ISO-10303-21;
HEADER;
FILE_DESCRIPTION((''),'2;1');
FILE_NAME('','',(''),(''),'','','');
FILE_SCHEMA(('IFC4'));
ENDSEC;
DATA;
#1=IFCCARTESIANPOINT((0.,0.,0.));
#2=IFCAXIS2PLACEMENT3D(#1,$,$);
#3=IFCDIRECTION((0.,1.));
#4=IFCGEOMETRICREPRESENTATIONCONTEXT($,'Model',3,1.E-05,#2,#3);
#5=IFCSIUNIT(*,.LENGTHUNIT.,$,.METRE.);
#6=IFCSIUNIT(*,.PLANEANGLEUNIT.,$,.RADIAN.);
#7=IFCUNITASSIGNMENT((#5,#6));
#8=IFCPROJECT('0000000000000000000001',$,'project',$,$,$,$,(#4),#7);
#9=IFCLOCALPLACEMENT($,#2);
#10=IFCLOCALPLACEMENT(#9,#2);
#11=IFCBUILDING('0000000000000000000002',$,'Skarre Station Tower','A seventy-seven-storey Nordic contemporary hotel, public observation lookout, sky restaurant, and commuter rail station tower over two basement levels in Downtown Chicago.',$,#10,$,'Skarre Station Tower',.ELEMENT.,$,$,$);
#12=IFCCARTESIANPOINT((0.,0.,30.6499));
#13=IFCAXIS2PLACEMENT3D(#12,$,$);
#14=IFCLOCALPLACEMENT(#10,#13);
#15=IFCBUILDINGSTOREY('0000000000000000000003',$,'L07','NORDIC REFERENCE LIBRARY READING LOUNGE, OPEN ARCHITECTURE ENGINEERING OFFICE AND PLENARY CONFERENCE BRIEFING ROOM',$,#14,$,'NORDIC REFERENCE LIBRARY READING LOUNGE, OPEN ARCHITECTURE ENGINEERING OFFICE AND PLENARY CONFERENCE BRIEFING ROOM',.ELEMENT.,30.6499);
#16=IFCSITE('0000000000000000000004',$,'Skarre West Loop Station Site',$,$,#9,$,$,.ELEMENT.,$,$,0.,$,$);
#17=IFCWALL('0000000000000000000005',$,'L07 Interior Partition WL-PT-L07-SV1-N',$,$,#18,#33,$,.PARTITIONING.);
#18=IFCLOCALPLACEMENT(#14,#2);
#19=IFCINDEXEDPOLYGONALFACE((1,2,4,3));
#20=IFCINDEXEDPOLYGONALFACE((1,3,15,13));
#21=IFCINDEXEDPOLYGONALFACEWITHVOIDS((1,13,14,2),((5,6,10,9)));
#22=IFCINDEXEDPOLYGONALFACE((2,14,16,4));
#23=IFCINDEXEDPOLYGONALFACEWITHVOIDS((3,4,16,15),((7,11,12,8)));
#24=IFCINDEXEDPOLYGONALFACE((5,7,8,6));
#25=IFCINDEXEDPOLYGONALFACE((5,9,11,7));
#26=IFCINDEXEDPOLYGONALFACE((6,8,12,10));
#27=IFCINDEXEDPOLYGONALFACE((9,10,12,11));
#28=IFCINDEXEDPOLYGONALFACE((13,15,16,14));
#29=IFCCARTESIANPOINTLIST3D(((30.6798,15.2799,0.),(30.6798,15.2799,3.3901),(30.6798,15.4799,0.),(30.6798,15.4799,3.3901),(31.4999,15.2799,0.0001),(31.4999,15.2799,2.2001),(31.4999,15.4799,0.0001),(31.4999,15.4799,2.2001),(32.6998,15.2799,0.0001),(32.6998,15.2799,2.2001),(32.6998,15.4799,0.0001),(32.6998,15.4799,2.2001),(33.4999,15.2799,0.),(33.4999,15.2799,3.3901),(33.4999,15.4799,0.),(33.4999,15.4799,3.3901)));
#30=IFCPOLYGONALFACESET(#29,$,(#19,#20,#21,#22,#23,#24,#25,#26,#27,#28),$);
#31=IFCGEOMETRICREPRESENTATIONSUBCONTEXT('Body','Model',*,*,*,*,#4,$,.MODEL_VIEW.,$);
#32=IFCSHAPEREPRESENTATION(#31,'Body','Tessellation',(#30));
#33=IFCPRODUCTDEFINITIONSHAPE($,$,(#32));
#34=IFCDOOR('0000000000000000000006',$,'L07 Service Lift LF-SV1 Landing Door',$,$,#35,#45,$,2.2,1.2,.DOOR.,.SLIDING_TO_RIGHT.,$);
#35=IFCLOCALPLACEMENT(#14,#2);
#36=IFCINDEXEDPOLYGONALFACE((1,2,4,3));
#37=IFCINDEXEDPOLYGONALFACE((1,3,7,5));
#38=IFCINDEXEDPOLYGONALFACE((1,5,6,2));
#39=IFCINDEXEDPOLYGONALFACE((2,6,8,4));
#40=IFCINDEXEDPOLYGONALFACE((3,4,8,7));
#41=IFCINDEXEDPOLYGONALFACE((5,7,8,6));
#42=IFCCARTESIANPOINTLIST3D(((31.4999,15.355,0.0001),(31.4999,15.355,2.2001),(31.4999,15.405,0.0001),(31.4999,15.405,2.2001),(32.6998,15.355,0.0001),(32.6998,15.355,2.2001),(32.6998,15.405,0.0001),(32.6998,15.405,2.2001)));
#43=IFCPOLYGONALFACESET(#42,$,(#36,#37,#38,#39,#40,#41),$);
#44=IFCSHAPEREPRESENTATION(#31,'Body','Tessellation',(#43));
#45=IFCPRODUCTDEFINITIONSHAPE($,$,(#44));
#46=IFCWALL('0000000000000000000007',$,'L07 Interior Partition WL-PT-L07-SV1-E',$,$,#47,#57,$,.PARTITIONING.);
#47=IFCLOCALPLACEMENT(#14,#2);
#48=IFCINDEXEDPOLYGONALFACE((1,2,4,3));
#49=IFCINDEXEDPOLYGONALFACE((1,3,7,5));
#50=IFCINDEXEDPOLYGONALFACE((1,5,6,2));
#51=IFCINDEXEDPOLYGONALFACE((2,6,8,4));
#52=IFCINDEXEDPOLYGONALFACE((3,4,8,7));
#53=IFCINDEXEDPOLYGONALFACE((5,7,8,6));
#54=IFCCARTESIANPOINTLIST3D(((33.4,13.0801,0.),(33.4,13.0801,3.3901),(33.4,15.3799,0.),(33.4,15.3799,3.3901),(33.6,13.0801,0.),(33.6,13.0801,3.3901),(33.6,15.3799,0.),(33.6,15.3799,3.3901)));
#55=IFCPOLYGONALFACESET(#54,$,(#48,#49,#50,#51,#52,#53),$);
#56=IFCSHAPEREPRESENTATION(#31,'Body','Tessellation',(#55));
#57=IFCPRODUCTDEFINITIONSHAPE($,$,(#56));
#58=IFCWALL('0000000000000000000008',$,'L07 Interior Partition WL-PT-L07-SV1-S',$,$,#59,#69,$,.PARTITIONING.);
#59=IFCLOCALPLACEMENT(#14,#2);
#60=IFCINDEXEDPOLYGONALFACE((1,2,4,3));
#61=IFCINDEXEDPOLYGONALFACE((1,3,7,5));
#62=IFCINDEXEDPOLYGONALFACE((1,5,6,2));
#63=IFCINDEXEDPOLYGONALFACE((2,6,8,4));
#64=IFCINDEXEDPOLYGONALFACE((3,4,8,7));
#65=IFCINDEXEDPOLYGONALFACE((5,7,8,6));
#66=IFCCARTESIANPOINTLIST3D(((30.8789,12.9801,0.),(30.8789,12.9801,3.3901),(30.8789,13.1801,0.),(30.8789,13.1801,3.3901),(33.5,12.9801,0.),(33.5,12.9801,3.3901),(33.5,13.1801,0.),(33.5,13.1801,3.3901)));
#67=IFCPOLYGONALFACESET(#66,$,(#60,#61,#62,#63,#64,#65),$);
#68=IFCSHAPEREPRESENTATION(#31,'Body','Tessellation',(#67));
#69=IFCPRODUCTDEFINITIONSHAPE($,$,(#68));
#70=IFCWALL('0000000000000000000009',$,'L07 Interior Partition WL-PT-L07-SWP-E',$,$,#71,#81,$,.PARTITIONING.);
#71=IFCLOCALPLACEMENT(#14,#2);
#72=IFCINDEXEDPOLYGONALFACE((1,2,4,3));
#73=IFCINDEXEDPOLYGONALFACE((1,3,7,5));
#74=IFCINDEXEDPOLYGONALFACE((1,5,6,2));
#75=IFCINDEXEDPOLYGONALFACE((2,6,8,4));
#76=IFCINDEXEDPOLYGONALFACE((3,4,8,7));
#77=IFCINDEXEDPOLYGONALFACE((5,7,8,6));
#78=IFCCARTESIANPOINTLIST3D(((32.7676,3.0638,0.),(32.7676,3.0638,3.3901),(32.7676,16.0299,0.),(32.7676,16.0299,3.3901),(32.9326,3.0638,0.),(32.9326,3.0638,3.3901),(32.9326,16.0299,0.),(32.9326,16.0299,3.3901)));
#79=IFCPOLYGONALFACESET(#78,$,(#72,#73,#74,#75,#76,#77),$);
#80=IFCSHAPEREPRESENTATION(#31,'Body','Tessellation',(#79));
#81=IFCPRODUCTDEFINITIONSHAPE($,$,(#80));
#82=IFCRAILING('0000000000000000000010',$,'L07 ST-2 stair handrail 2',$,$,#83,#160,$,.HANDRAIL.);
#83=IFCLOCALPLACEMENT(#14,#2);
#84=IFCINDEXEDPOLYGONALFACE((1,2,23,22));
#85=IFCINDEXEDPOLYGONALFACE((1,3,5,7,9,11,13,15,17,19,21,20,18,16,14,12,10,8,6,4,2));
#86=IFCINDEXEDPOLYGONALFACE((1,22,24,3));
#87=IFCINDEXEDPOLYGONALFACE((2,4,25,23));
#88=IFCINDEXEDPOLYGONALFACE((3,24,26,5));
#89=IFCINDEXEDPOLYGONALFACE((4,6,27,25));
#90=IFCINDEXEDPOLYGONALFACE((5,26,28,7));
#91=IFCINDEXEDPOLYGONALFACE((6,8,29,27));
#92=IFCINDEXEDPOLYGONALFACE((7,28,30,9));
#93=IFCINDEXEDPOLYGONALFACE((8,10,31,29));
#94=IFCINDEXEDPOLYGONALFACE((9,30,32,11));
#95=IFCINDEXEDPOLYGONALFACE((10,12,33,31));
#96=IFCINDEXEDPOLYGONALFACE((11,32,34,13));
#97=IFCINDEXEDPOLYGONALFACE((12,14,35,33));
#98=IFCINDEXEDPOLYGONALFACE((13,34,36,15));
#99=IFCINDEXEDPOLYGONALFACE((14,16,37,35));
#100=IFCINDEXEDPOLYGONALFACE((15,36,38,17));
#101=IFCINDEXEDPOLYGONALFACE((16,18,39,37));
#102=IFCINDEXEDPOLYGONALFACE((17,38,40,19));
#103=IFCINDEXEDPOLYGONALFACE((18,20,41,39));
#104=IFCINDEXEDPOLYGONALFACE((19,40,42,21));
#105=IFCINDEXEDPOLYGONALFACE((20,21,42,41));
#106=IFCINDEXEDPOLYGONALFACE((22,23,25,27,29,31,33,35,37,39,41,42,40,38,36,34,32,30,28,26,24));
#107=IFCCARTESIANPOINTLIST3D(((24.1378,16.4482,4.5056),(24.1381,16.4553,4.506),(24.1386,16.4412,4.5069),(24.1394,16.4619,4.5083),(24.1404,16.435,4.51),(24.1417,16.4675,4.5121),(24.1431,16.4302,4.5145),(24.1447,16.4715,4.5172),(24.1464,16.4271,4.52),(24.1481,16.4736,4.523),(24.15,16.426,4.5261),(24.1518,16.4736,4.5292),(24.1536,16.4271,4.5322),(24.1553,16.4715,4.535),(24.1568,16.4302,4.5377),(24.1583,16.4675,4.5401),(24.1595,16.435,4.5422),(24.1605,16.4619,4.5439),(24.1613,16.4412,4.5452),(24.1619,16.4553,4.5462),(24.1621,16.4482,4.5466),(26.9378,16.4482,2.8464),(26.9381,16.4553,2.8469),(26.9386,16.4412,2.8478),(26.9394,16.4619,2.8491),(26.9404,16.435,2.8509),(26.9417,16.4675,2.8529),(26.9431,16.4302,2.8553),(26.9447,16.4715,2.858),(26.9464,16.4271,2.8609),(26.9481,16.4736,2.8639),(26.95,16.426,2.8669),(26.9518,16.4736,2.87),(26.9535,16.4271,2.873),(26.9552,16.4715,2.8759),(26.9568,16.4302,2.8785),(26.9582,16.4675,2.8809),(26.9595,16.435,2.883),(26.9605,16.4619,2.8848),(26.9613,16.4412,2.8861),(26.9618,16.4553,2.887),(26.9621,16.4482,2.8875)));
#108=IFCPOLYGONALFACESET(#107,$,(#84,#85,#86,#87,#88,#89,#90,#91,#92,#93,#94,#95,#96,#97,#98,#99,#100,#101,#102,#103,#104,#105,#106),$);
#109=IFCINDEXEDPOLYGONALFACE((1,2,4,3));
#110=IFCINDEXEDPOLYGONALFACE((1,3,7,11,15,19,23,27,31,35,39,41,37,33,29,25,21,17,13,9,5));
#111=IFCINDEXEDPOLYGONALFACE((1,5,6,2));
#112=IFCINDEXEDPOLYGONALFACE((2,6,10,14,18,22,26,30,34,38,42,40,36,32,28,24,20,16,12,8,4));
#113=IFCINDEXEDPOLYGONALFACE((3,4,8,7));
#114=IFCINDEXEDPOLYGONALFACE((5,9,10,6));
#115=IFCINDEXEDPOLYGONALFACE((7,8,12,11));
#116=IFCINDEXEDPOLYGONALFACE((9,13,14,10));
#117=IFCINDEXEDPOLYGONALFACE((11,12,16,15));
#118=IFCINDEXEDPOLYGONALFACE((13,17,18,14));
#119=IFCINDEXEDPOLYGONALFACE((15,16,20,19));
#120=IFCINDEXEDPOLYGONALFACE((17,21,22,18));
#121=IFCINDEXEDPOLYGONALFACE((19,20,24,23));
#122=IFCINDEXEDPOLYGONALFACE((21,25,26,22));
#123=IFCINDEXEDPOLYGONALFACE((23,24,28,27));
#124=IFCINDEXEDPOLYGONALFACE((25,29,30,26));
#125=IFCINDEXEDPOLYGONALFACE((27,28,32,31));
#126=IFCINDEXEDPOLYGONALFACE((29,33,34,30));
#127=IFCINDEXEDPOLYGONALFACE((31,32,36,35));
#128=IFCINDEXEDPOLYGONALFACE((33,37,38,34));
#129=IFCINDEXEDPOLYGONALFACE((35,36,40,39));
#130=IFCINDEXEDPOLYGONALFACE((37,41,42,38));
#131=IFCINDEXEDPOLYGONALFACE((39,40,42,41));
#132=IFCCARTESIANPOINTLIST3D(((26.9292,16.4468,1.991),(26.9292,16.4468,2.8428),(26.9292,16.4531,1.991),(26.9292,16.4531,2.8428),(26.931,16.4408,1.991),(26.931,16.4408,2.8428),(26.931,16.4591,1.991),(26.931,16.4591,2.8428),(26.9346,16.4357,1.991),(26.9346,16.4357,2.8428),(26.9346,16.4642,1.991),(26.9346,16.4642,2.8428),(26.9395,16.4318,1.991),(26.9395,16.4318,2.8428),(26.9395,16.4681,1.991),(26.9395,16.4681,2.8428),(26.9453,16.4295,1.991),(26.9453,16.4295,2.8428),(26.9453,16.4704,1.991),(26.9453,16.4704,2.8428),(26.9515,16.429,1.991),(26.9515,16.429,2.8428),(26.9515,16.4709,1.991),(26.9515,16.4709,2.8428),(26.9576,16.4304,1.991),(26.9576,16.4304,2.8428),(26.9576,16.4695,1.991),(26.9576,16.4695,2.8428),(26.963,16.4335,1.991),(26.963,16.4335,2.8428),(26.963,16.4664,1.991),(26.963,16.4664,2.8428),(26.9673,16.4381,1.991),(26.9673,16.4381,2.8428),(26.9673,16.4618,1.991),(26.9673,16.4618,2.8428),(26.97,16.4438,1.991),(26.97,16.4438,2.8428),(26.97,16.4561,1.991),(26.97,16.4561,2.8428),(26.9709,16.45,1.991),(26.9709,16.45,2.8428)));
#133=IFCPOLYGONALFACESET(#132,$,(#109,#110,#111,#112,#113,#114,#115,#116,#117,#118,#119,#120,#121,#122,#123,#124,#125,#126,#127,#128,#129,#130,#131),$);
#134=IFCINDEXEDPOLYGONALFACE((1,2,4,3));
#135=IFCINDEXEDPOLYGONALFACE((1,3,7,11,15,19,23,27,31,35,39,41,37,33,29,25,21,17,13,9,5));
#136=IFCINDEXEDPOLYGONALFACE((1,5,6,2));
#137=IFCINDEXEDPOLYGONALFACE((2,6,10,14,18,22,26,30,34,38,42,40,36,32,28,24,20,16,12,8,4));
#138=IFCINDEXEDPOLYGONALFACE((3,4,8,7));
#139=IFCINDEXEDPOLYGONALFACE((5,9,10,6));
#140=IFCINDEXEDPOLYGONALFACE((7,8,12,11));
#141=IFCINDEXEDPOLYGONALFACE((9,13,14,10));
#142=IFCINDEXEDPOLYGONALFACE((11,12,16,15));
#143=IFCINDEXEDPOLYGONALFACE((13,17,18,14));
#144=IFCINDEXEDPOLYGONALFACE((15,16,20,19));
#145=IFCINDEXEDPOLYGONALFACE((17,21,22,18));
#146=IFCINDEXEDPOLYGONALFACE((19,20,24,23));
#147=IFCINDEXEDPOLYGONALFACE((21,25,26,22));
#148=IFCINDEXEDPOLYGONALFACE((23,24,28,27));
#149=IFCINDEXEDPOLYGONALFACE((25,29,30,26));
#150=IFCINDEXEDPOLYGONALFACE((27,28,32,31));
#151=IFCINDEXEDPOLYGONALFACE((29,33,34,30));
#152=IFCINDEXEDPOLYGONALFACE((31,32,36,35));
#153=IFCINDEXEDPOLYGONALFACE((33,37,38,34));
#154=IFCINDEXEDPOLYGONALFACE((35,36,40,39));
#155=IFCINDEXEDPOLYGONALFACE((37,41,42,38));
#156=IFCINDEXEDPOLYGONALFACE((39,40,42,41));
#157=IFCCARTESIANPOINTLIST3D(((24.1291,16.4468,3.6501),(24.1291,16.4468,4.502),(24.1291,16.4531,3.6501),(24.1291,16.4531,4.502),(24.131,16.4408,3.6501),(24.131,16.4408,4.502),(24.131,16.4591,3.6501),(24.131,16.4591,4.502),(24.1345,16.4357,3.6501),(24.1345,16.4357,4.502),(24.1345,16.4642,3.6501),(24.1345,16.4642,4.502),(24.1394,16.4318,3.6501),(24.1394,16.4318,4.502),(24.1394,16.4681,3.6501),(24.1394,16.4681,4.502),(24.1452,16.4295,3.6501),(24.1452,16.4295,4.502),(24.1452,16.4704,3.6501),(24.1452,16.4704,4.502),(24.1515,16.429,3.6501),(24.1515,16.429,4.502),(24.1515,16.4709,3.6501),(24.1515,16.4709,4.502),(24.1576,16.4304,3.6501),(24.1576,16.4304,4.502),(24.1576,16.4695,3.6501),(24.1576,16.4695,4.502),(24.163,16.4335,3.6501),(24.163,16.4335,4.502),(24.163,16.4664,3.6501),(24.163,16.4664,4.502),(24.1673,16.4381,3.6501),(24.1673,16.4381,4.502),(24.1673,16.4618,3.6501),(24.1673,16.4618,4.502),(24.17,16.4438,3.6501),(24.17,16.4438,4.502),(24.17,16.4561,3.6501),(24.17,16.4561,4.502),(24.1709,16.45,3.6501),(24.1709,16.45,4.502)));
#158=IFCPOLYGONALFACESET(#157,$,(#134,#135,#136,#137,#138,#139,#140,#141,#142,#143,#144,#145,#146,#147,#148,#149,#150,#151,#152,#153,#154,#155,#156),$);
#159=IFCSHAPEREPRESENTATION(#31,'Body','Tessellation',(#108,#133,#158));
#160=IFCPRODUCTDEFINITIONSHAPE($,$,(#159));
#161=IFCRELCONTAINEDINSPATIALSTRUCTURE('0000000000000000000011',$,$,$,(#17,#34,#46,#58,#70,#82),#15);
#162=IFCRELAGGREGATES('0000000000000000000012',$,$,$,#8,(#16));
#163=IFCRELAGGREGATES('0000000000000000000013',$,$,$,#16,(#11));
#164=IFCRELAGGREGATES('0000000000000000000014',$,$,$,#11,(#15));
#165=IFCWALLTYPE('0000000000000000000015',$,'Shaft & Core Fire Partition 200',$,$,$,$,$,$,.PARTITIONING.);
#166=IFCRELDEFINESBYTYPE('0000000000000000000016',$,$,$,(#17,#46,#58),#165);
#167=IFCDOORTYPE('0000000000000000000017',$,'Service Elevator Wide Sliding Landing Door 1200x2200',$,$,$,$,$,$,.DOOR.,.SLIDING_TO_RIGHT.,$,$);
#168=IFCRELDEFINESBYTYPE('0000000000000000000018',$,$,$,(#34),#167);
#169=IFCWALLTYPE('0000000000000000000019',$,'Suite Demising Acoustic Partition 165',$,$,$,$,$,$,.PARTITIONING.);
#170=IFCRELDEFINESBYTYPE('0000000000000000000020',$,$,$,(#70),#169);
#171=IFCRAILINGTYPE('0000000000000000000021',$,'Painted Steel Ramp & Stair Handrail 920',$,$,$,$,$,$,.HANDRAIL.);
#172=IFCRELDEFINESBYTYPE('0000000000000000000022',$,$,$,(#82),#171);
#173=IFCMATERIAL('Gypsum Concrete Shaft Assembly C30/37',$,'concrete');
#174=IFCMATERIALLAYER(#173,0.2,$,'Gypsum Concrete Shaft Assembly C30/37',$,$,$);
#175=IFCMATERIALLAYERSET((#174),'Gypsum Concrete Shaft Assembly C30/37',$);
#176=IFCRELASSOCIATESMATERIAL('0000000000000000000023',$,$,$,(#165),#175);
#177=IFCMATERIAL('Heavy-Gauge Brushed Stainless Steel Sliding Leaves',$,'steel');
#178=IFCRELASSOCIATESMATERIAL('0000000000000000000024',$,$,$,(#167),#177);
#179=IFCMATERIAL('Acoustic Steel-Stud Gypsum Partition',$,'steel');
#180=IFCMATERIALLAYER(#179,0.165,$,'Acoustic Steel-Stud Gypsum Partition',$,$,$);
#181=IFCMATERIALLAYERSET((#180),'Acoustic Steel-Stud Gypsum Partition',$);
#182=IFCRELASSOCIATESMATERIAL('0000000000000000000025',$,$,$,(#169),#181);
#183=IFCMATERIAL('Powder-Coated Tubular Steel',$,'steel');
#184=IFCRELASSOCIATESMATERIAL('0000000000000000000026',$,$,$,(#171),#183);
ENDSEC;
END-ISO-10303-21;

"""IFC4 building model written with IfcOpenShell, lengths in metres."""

from ifc_helpers import new_model, si_unit, direction, frame, frame_2d, origin, origin_2d, place, context, subcontext, project, spatial, rectangle, circle, extrude, material, layer, layer_set, type_object, element, fill, save


model = new_model("IFC4")

# Units and contexts
model_context = context("Model", 3, precision=1e-05, world=origin(), true_north=direction((0.0, 1.0)))
body_context = subcontext(model_context, "Body", "Model", "MODEL_VIEW")
ifc_project = project(units=[si_unit("LENGTHUNIT", "METRE"), si_unit("PLANEANGLEUNIT", "RADIAN")], contexts=[model_context])

# Site, building, storey
site_placement = place(None, origin())
site = spatial("IfcSite", under=ifc_project, at=site_placement, Name="Skarre West Loop Station Site", CompositionType="ELEMENT", RefElevation=0.0)
building_placement = place(site_placement, origin())
building = spatial("IfcBuilding", under=site, at=building_placement, Name="Skarre Station Tower", Description="A seventy-seven-storey Nordic contemporary hotel, public observation lookout, sky restaurant, and commuter rail station tower over two basement levels in Downtown Chicago.", LongName="Skarre Station Tower", CompositionType="ELEMENT")
storey_placement = place(building_placement, frame((0.0, 0.0, 30.6499)))
storey = spatial("IfcBuildingStorey", under=building, at=storey_placement, Name="L07", Description="NORDIC REFERENCE LIBRARY READING LOUNGE, OPEN ARCHITECTURE ENGINEERING OFFICE AND PLENARY CONFERENCE BRIEFING ROOM", LongName="NORDIC REFERENCE LIBRARY READING LOUNGE, OPEN ARCHITECTURE ENGINEERING OFFICE AND PLENARY CONFERENCE BRIEFING ROOM", CompositionType="ELEMENT", Elevation=30.6499)

# Shared definitions
ifc_material_1 = material(Name="Acoustic Steel-Stud Gypsum Partition", Category="steel")

# Wall, opening, door
ifc_material_2 = material(Name="Gypsum Concrete Shaft Assembly C30/37", Category="concrete")
ifc_layer_1 = layer(ifc_material_2, 0.2, Name="Gypsum Concrete Shaft Assembly C30/37")
ifc_layer_set_1 = layer_set([ifc_layer_1], Name="Gypsum Concrete Shaft Assembly C30/37")
wall_type_1 = type_object("IfcWallType", Name="Shaft & Core Fire Partition 200", PredefinedType="PARTITIONING", material=ifc_layer_set_1)
wall_1_placement = place(storey_placement, frame((33.5, 15.3799, 0.0), z_axis=(0.0, 0.0, 1.0), x_axis=(-1.0, 0.0, 0.0)))
wall_1 = element("IfcWall", 1, at=wall_1_placement, inside=storey, type_object=wall_type_1, Name="L07 Interior Partition WL-PT-L07-SV1-N", PredefinedType="PARTITIONING", context=body_context, shape_type="SweptSolid", body=[
    extrude(rectangle(XDim=2.8201, YDim=0.2, at=frame_2d((1.4102, 0.0))), origin(), (0.0, 0.0, 1.0), 3.3901),
])
opening_1_placement = place(wall_1_placement, frame((0.8, 0.0, 0.0)))
opening_1 = element("IfcOpeningElement", 2, at=opening_1_placement, cuts=wall_1, PredefinedType="OPENING", context=body_context, shape_type="SweptSolid", body=[
    extrude(rectangle(XDim=1.2, YDim=2.2, at=frame_2d((0.6001, 1.1001))), frame((0.0, 0.1099, 0.0), z_axis=(0.0, -1.0, 0.0), x_axis=(1.0, 0.0, 0.0)), (0.0, 0.0, 1.0), 0.22),
])
ifc_material_3 = material(Name="Heavy-Gauge Brushed Stainless Steel Sliding Leaves", Category="steel")
door_type_1 = type_object("IfcDoorType", Name="Service Elevator Wide Sliding Landing Door 1200x2200", OperationType="SLIDING_TO_RIGHT", PredefinedType="DOOR", material=ifc_material_3)
door_1_placement = place(opening_1_placement, origin())
door_1 = element("IfcDoor", 3, at=door_1_placement, inside=storey, type_object=door_type_1, Name="L07 Service Lift LF-SV1 Landing Door", OperationType="SLIDING_TO_RIGHT", OverallHeight=2.2, OverallWidth=1.2, PredefinedType="DOOR", context=body_context, shape_type="SweptSolid", body=[
    extrude(rectangle(XDim=1.2, YDim=2.2, at=frame_2d((0.6001, 1.1001))), frame((0.0, 0.0249, 0.0), z_axis=(0.0, -1.0, 0.0), x_axis=(1.0, 0.0, 0.0)), (0.0, 0.0, 1.0), 0.05),
])
fill(opening_1, door_1)

# Walls
wall_2_placement = place(storey_placement, frame((33.5, 13.0801, 0.0), z_axis=(0.0, 0.0, 1.0), x_axis=(0.0, 1.0, 0.0)))
element("IfcWall", 4, at=wall_2_placement, inside=storey, type_object=wall_type_1, Name="L07 Interior Partition WL-PT-L07-SV1-E", PredefinedType="PARTITIONING", context=body_context, shape_type="SweptSolid", body=[
    extrude(rectangle(XDim=2.2998, YDim=0.2, at=frame_2d((1.1499, 0.0))), origin(), (0.0, 0.0, 1.0), 3.3901),
])
wall_3_placement = place(storey_placement, frame((30.8789, 13.0801, 0.0), z_axis=(0.0, 0.0, 1.0), x_axis=(1.0, 0.0, 0.0)))
element("IfcWall", 5, at=wall_3_placement, inside=storey, type_object=wall_type_1, Name="L07 Interior Partition WL-PT-L07-SV1-S", PredefinedType="PARTITIONING", context=body_context, shape_type="SweptSolid", body=[
    extrude(rectangle(XDim=2.6211, YDim=0.2, at=frame_2d((1.3105, 0.0))), origin(), (0.0, 0.0, 1.0), 3.3901),
])
ifc_layer_2 = layer(ifc_material_1, 0.165, Name="Acoustic Steel-Stud Gypsum Partition")
ifc_layer_set_2 = layer_set([ifc_layer_2], Name="Acoustic Steel-Stud Gypsum Partition")
wall_type_2 = type_object("IfcWallType", Name="Suite Demising Acoustic Partition 165", PredefinedType="PARTITIONING", material=ifc_layer_set_2)
wall_4_placement = place(storey_placement, frame((32.8501, 3.064, 0.0), z_axis=(0.0, 0.0, 1.0), x_axis=(0.0, 1.0, 0.0)))
element("IfcWall", 6, at=wall_4_placement, inside=storey, type_object=wall_type_2, Name="L07 Interior Partition WL-PT-L07-SWP-E", PredefinedType="PARTITIONING", context=body_context, shape_type="SweptSolid", body=[
    extrude(rectangle(XDim=12.9661, YDim=0.165, at=frame_2d((6.4829, 0.0))), origin(), (0.0, 0.0, 1.0), 3.3901),
])

# Railing
ifc_material_4 = material(Name="Powder-Coated Tubular Steel", Category="steel")
railing_type_1 = type_object("IfcRailingType", Name="Painted Steel Ramp & Stair Handrail 920", PredefinedType="HANDRAIL", material=ifc_material_4)
railing_1_placement = place(storey_placement, frame((26.95, 16.45, 1.991)))
element("IfcRailing", 7, at=railing_1_placement, inside=storey, type_object=railing_type_1, Name="L07 ST-2 stair handrail 2", PredefinedType="HANDRAIL", context=body_context, shape_type="SweptSolid", body=[
    extrude(circle(Radius=0.0239, at=origin_2d()), frame((0.0, 0.0, 0.876), z_axis=(-0.860306, 0.0, 0.509778), x_axis=(0.0, -1.0, 0.0)), (0.0, 0.0, 1.0), 3.2546),
    extrude(circle(Radius=0.021, at=origin_2d()), origin(), (0.0, 0.0, 1.0), 0.8518),
    extrude(circle(Radius=0.021, at=origin_2d()), frame((-2.8, 0.0, 1.6592)), (0.0, 0.0, 1.0), 0.8518),
])

save(model, "model.ifc")
